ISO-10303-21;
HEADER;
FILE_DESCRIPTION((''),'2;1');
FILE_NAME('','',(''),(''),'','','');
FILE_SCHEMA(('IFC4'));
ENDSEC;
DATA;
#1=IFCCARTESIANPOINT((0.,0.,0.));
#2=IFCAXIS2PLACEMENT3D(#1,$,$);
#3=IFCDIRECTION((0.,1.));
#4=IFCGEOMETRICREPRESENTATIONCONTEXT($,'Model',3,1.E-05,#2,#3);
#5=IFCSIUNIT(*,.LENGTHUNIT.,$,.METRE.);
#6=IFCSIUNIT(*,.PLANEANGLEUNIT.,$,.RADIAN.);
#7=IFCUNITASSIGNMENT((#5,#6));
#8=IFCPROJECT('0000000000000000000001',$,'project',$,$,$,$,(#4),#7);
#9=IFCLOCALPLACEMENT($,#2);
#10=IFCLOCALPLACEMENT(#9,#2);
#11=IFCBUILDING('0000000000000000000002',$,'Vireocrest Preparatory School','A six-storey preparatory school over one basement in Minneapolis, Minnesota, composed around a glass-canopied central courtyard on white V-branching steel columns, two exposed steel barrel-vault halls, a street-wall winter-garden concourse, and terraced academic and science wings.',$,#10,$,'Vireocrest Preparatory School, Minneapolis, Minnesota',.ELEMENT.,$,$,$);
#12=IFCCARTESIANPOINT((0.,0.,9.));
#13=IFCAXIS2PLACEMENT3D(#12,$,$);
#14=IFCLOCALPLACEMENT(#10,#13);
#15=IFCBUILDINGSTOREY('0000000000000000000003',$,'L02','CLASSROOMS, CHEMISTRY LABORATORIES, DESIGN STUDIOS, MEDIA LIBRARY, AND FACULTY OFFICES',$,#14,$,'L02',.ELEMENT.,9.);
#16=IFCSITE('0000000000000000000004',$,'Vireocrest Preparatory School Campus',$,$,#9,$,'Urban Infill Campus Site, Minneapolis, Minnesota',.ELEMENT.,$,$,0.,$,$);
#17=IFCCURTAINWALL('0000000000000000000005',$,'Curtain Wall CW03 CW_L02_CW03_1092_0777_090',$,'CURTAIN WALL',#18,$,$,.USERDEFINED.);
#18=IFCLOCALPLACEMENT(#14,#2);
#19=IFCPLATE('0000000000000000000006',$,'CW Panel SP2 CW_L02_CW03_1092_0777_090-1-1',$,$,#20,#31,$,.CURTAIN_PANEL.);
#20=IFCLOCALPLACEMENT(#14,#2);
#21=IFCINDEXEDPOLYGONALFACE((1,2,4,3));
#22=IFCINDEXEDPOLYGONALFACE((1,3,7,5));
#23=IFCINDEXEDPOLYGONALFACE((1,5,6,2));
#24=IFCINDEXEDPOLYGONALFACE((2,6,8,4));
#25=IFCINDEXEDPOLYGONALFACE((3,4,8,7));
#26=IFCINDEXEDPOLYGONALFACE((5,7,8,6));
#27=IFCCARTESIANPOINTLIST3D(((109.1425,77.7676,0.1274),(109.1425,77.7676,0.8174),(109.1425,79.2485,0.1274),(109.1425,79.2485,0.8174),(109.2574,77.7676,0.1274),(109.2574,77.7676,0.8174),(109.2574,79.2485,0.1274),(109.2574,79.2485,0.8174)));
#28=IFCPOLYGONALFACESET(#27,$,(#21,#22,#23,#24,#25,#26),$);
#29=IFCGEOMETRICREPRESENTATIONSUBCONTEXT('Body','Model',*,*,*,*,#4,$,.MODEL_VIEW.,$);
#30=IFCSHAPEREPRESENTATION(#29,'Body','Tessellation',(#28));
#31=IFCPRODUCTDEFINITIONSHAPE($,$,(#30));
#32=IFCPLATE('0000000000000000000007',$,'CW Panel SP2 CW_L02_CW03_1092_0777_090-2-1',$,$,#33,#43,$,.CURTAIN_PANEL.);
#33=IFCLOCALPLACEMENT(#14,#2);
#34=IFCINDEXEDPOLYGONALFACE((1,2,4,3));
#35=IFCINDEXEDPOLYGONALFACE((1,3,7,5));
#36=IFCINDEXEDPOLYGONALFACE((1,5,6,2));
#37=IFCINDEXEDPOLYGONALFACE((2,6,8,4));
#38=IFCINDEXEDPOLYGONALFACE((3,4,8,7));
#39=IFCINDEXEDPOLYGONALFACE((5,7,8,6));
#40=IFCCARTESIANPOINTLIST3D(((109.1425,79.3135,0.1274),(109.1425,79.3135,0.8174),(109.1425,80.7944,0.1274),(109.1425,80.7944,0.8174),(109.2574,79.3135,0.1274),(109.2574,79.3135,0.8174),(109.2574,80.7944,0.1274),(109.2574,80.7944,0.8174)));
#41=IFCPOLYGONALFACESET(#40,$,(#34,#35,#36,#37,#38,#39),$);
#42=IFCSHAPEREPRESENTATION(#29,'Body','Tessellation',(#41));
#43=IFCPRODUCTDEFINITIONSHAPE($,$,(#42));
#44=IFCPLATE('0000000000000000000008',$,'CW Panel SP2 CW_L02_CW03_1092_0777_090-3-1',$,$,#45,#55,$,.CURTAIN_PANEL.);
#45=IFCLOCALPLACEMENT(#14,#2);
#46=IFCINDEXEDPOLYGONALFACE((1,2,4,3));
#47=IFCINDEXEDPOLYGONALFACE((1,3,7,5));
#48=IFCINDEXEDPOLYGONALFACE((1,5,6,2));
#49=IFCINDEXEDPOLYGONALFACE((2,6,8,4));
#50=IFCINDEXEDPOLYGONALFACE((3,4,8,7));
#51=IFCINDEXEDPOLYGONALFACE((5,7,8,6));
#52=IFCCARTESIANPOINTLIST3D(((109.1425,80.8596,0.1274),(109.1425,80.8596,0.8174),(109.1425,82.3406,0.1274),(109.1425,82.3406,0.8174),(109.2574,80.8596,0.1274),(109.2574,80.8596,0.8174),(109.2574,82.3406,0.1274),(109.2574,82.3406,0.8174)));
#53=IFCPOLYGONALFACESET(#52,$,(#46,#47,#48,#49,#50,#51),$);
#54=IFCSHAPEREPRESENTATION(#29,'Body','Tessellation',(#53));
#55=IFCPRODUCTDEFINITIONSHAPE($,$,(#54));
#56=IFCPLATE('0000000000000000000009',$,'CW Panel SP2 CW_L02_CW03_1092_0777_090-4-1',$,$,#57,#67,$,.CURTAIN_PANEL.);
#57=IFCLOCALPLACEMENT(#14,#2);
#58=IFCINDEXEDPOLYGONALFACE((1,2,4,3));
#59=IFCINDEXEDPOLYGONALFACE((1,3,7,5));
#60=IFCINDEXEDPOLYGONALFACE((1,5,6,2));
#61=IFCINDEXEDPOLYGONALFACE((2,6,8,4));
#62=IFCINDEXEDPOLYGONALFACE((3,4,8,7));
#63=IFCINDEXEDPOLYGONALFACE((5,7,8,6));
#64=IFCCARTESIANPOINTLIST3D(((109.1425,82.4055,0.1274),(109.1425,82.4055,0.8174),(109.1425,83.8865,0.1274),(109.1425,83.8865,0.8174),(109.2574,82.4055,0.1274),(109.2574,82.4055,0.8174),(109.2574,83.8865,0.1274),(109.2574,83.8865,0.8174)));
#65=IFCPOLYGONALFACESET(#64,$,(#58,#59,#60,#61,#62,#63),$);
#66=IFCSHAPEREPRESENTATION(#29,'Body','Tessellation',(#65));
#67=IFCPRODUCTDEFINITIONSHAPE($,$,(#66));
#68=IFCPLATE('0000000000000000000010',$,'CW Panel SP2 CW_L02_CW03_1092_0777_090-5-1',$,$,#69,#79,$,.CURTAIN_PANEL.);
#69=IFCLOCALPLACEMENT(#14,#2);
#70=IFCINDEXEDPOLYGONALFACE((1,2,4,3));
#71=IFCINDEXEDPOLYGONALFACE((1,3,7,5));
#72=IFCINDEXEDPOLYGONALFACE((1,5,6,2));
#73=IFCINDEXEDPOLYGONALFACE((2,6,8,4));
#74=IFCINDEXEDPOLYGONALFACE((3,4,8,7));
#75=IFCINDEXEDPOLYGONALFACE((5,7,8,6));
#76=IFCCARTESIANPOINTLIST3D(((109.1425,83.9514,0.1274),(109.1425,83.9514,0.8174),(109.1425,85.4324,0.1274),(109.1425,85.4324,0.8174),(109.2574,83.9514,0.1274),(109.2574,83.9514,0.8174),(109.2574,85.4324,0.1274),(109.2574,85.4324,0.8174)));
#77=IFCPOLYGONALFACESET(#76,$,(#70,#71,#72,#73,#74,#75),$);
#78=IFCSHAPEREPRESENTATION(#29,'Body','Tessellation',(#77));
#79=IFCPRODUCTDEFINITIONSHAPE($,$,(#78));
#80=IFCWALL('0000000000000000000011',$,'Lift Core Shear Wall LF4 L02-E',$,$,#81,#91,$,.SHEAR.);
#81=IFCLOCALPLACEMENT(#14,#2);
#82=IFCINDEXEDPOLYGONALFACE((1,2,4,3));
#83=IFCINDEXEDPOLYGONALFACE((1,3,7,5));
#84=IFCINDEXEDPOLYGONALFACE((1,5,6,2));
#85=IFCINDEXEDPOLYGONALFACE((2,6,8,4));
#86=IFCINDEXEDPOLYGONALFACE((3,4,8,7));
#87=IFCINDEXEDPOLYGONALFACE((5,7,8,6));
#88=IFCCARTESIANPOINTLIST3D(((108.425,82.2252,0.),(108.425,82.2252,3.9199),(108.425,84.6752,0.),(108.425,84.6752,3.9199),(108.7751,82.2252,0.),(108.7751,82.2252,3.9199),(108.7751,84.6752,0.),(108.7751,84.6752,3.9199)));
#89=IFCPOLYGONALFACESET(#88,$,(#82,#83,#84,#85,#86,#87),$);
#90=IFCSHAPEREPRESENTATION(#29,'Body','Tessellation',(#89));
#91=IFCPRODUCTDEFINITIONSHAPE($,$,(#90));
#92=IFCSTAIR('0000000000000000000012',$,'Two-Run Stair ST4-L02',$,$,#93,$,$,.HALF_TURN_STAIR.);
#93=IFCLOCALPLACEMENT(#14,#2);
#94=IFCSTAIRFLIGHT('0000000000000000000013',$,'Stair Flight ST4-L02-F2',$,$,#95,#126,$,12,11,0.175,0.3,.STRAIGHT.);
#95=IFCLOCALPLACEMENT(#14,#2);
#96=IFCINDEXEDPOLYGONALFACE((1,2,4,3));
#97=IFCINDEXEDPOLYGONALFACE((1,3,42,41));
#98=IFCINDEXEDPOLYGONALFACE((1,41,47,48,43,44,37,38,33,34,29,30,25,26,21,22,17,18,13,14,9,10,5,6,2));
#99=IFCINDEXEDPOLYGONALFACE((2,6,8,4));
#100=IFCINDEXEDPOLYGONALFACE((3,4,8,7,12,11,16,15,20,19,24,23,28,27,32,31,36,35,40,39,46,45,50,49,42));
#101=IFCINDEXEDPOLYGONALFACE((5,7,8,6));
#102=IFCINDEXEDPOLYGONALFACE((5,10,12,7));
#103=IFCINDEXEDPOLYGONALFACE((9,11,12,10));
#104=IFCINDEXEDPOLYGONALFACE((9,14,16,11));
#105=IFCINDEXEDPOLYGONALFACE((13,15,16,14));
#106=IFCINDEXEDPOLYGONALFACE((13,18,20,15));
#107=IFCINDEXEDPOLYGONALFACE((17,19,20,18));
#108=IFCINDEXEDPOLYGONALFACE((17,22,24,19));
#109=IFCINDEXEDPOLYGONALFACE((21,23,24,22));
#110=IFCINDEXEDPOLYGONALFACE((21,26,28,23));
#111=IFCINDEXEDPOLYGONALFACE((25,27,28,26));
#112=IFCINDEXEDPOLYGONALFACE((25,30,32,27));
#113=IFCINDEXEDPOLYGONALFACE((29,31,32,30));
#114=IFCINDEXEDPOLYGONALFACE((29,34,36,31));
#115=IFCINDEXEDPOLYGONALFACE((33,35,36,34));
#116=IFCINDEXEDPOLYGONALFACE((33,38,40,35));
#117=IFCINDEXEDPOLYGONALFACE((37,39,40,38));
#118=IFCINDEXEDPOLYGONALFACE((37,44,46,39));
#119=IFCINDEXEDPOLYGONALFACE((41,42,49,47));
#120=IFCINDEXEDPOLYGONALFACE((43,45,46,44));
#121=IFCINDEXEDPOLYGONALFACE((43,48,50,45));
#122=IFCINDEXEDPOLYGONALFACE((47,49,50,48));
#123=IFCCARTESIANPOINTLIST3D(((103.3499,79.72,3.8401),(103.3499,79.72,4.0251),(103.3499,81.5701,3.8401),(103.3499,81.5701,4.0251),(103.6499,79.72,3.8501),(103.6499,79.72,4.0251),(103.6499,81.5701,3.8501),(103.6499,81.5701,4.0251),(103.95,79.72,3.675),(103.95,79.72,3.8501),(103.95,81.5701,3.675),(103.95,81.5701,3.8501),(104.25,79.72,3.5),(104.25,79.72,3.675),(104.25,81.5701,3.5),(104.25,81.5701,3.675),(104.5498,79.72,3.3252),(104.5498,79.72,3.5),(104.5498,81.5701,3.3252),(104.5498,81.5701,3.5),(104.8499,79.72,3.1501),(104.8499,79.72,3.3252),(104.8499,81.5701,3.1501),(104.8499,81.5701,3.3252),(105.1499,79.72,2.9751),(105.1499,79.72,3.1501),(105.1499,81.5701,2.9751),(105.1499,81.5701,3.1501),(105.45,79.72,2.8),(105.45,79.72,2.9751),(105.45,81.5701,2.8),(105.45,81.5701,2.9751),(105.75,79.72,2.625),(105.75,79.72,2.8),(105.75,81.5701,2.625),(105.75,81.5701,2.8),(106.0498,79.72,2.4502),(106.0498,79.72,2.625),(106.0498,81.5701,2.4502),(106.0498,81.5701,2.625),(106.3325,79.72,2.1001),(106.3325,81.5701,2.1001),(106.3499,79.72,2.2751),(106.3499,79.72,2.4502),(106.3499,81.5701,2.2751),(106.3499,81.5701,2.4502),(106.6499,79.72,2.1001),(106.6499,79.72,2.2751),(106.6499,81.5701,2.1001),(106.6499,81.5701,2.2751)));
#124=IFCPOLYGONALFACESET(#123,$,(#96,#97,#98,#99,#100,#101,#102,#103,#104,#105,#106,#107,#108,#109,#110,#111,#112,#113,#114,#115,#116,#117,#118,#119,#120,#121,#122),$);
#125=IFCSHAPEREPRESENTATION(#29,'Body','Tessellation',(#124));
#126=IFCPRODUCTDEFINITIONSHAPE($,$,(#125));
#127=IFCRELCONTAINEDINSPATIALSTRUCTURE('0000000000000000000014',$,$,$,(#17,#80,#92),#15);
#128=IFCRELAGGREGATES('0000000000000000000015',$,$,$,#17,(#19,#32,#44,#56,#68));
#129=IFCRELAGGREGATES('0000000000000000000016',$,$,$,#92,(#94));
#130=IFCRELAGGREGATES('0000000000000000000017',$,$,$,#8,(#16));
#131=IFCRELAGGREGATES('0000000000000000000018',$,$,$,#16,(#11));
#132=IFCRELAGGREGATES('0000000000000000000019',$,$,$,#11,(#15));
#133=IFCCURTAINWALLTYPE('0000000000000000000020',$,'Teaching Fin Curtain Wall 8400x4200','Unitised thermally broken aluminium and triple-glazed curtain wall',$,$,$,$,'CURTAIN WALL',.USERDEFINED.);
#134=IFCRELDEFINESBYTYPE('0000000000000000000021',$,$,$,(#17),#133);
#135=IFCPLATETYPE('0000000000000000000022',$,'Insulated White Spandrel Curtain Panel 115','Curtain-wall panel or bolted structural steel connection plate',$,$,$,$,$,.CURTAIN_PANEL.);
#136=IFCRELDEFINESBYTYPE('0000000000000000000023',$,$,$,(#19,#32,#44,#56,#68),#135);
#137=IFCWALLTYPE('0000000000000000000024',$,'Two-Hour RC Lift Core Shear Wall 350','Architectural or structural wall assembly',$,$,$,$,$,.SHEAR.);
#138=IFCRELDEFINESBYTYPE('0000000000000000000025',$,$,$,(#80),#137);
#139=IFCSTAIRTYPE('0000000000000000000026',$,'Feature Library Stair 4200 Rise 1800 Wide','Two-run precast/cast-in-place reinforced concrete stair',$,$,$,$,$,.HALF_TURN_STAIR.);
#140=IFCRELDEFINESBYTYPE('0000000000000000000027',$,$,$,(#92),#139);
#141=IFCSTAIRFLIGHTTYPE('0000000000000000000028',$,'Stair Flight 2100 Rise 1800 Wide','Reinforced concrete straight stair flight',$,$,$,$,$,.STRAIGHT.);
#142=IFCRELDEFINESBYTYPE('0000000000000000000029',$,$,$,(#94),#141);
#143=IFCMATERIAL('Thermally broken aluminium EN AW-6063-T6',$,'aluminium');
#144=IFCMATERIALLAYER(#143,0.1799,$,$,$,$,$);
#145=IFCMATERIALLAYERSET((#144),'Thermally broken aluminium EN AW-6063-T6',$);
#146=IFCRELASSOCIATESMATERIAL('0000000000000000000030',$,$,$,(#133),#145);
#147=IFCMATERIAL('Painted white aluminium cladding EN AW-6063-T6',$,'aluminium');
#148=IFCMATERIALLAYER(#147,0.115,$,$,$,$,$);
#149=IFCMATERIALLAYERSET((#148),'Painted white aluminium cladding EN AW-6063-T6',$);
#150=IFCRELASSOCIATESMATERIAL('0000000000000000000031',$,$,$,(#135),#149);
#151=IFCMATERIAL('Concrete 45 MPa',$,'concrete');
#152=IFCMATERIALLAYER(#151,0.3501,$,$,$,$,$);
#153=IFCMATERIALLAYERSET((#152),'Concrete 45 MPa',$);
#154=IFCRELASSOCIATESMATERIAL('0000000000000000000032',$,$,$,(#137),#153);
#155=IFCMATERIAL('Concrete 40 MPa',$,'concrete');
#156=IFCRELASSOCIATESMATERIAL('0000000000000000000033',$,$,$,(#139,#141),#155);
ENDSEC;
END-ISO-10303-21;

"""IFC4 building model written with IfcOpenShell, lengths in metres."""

from ifc_helpers import new_model, si_unit, direction, frame, frame_2d, origin, origin_2d, place, context, subcontext, project, spatial, polyline, rectangle, outline, extrude, material, layer, layer_set, type_object, element, aggregate, save


model = new_model("IFC4")

# Units and contexts
model_context = context("Model", 3, precision=1e-05, world=origin(), true_north=direction((0.0, 1.0)))
body_context = subcontext(model_context, "Body", "Model", "MODEL_VIEW")
ifc_project = project(units=[si_unit("LENGTHUNIT", "METRE"), si_unit("PLANEANGLEUNIT", "RADIAN")], contexts=[model_context])

# Site, building, storey
site_placement = place(None, origin())
site = spatial("IfcSite", under=ifc_project, at=site_placement, Name="Vireocrest Preparatory School Campus", LongName="Urban Infill Campus Site, Minneapolis, Minnesota", CompositionType="ELEMENT", RefElevation=0.0)
building_placement = place(site_placement, origin())
building = spatial("IfcBuilding", under=site, at=building_placement, Name="Vireocrest Preparatory School", Description="A six-storey preparatory school over one basement in Minneapolis, Minnesota, composed around a glass-canopied central courtyard on white V-branching steel columns, two exposed steel barrel-vault halls, a street-wall winter-garden concourse, and terraced academic and science wings.", LongName="Vireocrest Preparatory School, Minneapolis, Minnesota", CompositionType="ELEMENT")
storey_placement = place(building_placement, frame((0.0, 0.0, 9.0)))
storey = spatial("IfcBuildingStorey", under=building, at=storey_placement, Name="L02", Description="CLASSROOMS, CHEMISTRY LABORATORIES, DESIGN STUDIOS, MEDIA LIBRARY, AND FACULTY OFFICES", LongName="L02", CompositionType="ELEMENT", Elevation=9.0)

# Curtain wall, plates
ifc_material_1 = material(Name="Thermally broken aluminium EN AW-6063-T6", Category="aluminium")
ifc_layer_1 = layer(ifc_material_1, 0.1799)
ifc_layer_set_1 = layer_set([ifc_layer_1], Name="Thermally broken aluminium EN AW-6063-T6")
curtain_wall_type = type_object("IfcCurtainWallType", Name="Teaching Fin Curtain Wall 8400x4200", Description="Unitised thermally broken aluminium and triple-glazed curtain wall", ElementType="CURTAIN WALL", PredefinedType="USERDEFINED", material=ifc_layer_set_1)
curtain_wall_placement = place(storey_placement, origin())
curtain_wall = element("IfcCurtainWall", 1, at=curtain_wall_placement, inside=storey, type_object=curtain_wall_type, Name="Curtain Wall CW03 CW_L02_CW03_1092_0777_090", ObjectType="CURTAIN WALL", PredefinedType="USERDEFINED")
ifc_material_2 = material(Name="Painted white aluminium cladding EN AW-6063-T6", Category="aluminium")
ifc_layer_2 = layer(ifc_material_2, 0.115)
ifc_layer_set_2 = layer_set([ifc_layer_2], Name="Painted white aluminium cladding EN AW-6063-T6")
plate_type_1 = type_object("IfcPlateType", Name="Insulated White Spandrel Curtain Panel 115", Description="Curtain-wall panel or bolted structural steel connection plate", PredefinedType="CURTAIN_PANEL", material=ifc_layer_set_2)
plate_1_placement = place(storey_placement, frame((109.2, 78.5081, 0.1274), z_axis=(0.0, 0.0, 1.0), x_axis=(0.0, 1.0, 0.0)))
plate_1 = element("IfcPlate", 2, at=plate_1_placement, type_object=plate_type_1, Name="CW Panel SP2 CW_L02_CW03_1092_0777_090-1-1", PredefinedType="CURTAIN_PANEL", context=body_context, shape_type="SweptSolid", body=[
    extrude(rectangle(XDim=1.481, YDim=0.115, at=origin_2d()), origin(), (0.0, 0.0, 1.0), 0.6899),
])
plate_2_placement = place(storey_placement, frame((109.2, 80.054, 0.1274), z_axis=(0.0, 0.0, 1.0), x_axis=(0.0, 1.0, 0.0)))
plate_2 = element("IfcPlate", 3, at=plate_2_placement, type_object=plate_type_1, Name="CW Panel SP2 CW_L02_CW03_1092_0777_090-2-1", PredefinedType="CURTAIN_PANEL", context=body_context, shape_type="SweptSolid", body=[
    extrude(rectangle(XDim=1.481, YDim=0.115, at=origin_2d()), origin(), (0.0, 0.0, 1.0), 0.6899),
])
plate_3_placement = place(storey_placement, frame((109.2, 81.6001, 0.1274), z_axis=(0.0, 0.0, 1.0), x_axis=(0.0, 1.0, 0.0)))
plate_3 = element("IfcPlate", 4, at=plate_3_placement, type_object=plate_type_1, Name="CW Panel SP2 CW_L02_CW03_1092_0777_090-3-1", PredefinedType="CURTAIN_PANEL", context=body_context, shape_type="SweptSolid", body=[
    extrude(rectangle(XDim=1.481, YDim=0.115, at=origin_2d()), origin(), (0.0, 0.0, 1.0), 0.6899),
])
plate_4_placement = place(storey_placement, frame((109.2, 83.146, 0.1274), z_axis=(0.0, 0.0, 1.0), x_axis=(0.0, 1.0, 0.0)))
plate_4 = element("IfcPlate", 5, at=plate_4_placement, type_object=plate_type_1, Name="CW Panel SP2 CW_L02_CW03_1092_0777_090-4-1", PredefinedType="CURTAIN_PANEL", context=body_context, shape_type="SweptSolid", body=[
    extrude(rectangle(XDim=1.481, YDim=0.115, at=origin_2d()), origin(), (0.0, 0.0, 1.0), 0.6899),
])
plate_5_placement = place(storey_placement, frame((109.2, 84.6919, 0.1274), z_axis=(0.0, 0.0, 1.0), x_axis=(0.0, 1.0, 0.0)))
plate_5 = element("IfcPlate", 6, at=plate_5_placement, type_object=plate_type_1, Name="CW Panel SP2 CW_L02_CW03_1092_0777_090-5-1", PredefinedType="CURTAIN_PANEL", context=body_context, shape_type="SweptSolid", body=[
    extrude(rectangle(XDim=1.481, YDim=0.115, at=origin_2d()), origin(), (0.0, 0.0, 1.0), 0.6899),
])
aggregate(curtain_wall, [plate_1, plate_2, plate_3, plate_4, plate_5])

# Wall
ifc_material_3 = material(Name="Concrete 45 MPa", Category="concrete")
ifc_layer_3 = layer(ifc_material_3, 0.3501)
ifc_layer_set_3 = layer_set([ifc_layer_3], Name="Concrete 45 MPa")
wall_type = type_object("IfcWallType", Name="Two-Hour RC Lift Core Shear Wall 350", Description="Architectural or structural wall assembly", PredefinedType="SHEAR", material=ifc_layer_set_3)
wall_placement = place(storey_placement, frame((108.6001, 82.2251, 0.0), z_axis=(0.0, 0.0, 1.0), x_axis=(0.0, 1.0, 0.0)))
element("IfcWall", 7, at=wall_placement, inside=storey, type_object=wall_type, Name="Lift Core Shear Wall LF4 L02-E", PredefinedType="SHEAR", context=body_context, shape_type="SweptSolid", body=[
    extrude(rectangle(XDim=2.45, YDim=0.3501, at=frame_2d((1.2251, 0.0))), origin(), (0.0, 0.0, 1.0), 3.9199),
])

# Stair, stair flight
ifc_material_4 = material(Name="Concrete 40 MPa", Category="concrete")
stair_type = type_object("IfcStairType", Name="Feature Library Stair 4200 Rise 1800 Wide", Description="Two-run precast/cast-in-place reinforced concrete stair", PredefinedType="HALF_TURN_STAIR", material=ifc_material_4)
stair_placement = place(storey_placement, origin())
stair = element("IfcStair", 8, at=stair_placement, inside=storey, type_object=stair_type, Name="Two-Run Stair ST4-L02", PredefinedType="HALF_TURN_STAIR")
stair_flight_type = type_object("IfcStairFlightType", Name="Stair Flight 2100 Rise 1800 Wide", Description="Reinforced concrete straight stair flight", PredefinedType="STRAIGHT", material=ifc_material_4)
stair_flight_placement = place(storey_placement, frame((106.6499, 80.645, 2.1001), z_axis=(0.0, 0.0, 1.0), x_axis=(-1.0, 0.0, 0.0)))
stair_flight = element("IfcStairFlight", 9, at=stair_flight_placement, type_object=stair_flight_type, Name="Stair Flight ST4-L02-F2", NumberOfRisers=12, NumberOfTreads=11, PredefinedType="STRAIGHT", RiserHeight=0.175, TreadLength=0.3, context=body_context, shape_type="SweptSolid", body=[
    extrude(outline(polyline([(0.0, 0.0), (0.0, 0.175), (0.3, 0.175), (0.3, 0.3501), (0.6001, 0.3501), (0.6001, 0.5249), (0.8999, 0.5249), (0.8999, 0.7), (1.2, 0.7), (1.2, 0.875), (1.5, 0.875), (1.5, 1.05), (1.8, 1.05), (1.8, 1.2251), (2.1001, 1.2251), (2.1001, 1.3999), (2.3999, 1.3999), (2.3999, 1.575), (2.7, 1.575), (2.7, 1.75), (3.0, 1.75), (3.0, 1.925), (3.3, 1.925), (3.3, 2.1001), (3.3, 1.74), (0.3174, 0.0), (0.0, 0.0)])), frame((0.0, 0.925, 0.0), z_axis=(0.0, -1.0, 0.0), x_axis=(1.0, 0.0, 0.0)), (0.0, 0.0, 1.0), 1.8501),
])
aggregate(stair, [stair_flight])

save(model, "model.ifc")
